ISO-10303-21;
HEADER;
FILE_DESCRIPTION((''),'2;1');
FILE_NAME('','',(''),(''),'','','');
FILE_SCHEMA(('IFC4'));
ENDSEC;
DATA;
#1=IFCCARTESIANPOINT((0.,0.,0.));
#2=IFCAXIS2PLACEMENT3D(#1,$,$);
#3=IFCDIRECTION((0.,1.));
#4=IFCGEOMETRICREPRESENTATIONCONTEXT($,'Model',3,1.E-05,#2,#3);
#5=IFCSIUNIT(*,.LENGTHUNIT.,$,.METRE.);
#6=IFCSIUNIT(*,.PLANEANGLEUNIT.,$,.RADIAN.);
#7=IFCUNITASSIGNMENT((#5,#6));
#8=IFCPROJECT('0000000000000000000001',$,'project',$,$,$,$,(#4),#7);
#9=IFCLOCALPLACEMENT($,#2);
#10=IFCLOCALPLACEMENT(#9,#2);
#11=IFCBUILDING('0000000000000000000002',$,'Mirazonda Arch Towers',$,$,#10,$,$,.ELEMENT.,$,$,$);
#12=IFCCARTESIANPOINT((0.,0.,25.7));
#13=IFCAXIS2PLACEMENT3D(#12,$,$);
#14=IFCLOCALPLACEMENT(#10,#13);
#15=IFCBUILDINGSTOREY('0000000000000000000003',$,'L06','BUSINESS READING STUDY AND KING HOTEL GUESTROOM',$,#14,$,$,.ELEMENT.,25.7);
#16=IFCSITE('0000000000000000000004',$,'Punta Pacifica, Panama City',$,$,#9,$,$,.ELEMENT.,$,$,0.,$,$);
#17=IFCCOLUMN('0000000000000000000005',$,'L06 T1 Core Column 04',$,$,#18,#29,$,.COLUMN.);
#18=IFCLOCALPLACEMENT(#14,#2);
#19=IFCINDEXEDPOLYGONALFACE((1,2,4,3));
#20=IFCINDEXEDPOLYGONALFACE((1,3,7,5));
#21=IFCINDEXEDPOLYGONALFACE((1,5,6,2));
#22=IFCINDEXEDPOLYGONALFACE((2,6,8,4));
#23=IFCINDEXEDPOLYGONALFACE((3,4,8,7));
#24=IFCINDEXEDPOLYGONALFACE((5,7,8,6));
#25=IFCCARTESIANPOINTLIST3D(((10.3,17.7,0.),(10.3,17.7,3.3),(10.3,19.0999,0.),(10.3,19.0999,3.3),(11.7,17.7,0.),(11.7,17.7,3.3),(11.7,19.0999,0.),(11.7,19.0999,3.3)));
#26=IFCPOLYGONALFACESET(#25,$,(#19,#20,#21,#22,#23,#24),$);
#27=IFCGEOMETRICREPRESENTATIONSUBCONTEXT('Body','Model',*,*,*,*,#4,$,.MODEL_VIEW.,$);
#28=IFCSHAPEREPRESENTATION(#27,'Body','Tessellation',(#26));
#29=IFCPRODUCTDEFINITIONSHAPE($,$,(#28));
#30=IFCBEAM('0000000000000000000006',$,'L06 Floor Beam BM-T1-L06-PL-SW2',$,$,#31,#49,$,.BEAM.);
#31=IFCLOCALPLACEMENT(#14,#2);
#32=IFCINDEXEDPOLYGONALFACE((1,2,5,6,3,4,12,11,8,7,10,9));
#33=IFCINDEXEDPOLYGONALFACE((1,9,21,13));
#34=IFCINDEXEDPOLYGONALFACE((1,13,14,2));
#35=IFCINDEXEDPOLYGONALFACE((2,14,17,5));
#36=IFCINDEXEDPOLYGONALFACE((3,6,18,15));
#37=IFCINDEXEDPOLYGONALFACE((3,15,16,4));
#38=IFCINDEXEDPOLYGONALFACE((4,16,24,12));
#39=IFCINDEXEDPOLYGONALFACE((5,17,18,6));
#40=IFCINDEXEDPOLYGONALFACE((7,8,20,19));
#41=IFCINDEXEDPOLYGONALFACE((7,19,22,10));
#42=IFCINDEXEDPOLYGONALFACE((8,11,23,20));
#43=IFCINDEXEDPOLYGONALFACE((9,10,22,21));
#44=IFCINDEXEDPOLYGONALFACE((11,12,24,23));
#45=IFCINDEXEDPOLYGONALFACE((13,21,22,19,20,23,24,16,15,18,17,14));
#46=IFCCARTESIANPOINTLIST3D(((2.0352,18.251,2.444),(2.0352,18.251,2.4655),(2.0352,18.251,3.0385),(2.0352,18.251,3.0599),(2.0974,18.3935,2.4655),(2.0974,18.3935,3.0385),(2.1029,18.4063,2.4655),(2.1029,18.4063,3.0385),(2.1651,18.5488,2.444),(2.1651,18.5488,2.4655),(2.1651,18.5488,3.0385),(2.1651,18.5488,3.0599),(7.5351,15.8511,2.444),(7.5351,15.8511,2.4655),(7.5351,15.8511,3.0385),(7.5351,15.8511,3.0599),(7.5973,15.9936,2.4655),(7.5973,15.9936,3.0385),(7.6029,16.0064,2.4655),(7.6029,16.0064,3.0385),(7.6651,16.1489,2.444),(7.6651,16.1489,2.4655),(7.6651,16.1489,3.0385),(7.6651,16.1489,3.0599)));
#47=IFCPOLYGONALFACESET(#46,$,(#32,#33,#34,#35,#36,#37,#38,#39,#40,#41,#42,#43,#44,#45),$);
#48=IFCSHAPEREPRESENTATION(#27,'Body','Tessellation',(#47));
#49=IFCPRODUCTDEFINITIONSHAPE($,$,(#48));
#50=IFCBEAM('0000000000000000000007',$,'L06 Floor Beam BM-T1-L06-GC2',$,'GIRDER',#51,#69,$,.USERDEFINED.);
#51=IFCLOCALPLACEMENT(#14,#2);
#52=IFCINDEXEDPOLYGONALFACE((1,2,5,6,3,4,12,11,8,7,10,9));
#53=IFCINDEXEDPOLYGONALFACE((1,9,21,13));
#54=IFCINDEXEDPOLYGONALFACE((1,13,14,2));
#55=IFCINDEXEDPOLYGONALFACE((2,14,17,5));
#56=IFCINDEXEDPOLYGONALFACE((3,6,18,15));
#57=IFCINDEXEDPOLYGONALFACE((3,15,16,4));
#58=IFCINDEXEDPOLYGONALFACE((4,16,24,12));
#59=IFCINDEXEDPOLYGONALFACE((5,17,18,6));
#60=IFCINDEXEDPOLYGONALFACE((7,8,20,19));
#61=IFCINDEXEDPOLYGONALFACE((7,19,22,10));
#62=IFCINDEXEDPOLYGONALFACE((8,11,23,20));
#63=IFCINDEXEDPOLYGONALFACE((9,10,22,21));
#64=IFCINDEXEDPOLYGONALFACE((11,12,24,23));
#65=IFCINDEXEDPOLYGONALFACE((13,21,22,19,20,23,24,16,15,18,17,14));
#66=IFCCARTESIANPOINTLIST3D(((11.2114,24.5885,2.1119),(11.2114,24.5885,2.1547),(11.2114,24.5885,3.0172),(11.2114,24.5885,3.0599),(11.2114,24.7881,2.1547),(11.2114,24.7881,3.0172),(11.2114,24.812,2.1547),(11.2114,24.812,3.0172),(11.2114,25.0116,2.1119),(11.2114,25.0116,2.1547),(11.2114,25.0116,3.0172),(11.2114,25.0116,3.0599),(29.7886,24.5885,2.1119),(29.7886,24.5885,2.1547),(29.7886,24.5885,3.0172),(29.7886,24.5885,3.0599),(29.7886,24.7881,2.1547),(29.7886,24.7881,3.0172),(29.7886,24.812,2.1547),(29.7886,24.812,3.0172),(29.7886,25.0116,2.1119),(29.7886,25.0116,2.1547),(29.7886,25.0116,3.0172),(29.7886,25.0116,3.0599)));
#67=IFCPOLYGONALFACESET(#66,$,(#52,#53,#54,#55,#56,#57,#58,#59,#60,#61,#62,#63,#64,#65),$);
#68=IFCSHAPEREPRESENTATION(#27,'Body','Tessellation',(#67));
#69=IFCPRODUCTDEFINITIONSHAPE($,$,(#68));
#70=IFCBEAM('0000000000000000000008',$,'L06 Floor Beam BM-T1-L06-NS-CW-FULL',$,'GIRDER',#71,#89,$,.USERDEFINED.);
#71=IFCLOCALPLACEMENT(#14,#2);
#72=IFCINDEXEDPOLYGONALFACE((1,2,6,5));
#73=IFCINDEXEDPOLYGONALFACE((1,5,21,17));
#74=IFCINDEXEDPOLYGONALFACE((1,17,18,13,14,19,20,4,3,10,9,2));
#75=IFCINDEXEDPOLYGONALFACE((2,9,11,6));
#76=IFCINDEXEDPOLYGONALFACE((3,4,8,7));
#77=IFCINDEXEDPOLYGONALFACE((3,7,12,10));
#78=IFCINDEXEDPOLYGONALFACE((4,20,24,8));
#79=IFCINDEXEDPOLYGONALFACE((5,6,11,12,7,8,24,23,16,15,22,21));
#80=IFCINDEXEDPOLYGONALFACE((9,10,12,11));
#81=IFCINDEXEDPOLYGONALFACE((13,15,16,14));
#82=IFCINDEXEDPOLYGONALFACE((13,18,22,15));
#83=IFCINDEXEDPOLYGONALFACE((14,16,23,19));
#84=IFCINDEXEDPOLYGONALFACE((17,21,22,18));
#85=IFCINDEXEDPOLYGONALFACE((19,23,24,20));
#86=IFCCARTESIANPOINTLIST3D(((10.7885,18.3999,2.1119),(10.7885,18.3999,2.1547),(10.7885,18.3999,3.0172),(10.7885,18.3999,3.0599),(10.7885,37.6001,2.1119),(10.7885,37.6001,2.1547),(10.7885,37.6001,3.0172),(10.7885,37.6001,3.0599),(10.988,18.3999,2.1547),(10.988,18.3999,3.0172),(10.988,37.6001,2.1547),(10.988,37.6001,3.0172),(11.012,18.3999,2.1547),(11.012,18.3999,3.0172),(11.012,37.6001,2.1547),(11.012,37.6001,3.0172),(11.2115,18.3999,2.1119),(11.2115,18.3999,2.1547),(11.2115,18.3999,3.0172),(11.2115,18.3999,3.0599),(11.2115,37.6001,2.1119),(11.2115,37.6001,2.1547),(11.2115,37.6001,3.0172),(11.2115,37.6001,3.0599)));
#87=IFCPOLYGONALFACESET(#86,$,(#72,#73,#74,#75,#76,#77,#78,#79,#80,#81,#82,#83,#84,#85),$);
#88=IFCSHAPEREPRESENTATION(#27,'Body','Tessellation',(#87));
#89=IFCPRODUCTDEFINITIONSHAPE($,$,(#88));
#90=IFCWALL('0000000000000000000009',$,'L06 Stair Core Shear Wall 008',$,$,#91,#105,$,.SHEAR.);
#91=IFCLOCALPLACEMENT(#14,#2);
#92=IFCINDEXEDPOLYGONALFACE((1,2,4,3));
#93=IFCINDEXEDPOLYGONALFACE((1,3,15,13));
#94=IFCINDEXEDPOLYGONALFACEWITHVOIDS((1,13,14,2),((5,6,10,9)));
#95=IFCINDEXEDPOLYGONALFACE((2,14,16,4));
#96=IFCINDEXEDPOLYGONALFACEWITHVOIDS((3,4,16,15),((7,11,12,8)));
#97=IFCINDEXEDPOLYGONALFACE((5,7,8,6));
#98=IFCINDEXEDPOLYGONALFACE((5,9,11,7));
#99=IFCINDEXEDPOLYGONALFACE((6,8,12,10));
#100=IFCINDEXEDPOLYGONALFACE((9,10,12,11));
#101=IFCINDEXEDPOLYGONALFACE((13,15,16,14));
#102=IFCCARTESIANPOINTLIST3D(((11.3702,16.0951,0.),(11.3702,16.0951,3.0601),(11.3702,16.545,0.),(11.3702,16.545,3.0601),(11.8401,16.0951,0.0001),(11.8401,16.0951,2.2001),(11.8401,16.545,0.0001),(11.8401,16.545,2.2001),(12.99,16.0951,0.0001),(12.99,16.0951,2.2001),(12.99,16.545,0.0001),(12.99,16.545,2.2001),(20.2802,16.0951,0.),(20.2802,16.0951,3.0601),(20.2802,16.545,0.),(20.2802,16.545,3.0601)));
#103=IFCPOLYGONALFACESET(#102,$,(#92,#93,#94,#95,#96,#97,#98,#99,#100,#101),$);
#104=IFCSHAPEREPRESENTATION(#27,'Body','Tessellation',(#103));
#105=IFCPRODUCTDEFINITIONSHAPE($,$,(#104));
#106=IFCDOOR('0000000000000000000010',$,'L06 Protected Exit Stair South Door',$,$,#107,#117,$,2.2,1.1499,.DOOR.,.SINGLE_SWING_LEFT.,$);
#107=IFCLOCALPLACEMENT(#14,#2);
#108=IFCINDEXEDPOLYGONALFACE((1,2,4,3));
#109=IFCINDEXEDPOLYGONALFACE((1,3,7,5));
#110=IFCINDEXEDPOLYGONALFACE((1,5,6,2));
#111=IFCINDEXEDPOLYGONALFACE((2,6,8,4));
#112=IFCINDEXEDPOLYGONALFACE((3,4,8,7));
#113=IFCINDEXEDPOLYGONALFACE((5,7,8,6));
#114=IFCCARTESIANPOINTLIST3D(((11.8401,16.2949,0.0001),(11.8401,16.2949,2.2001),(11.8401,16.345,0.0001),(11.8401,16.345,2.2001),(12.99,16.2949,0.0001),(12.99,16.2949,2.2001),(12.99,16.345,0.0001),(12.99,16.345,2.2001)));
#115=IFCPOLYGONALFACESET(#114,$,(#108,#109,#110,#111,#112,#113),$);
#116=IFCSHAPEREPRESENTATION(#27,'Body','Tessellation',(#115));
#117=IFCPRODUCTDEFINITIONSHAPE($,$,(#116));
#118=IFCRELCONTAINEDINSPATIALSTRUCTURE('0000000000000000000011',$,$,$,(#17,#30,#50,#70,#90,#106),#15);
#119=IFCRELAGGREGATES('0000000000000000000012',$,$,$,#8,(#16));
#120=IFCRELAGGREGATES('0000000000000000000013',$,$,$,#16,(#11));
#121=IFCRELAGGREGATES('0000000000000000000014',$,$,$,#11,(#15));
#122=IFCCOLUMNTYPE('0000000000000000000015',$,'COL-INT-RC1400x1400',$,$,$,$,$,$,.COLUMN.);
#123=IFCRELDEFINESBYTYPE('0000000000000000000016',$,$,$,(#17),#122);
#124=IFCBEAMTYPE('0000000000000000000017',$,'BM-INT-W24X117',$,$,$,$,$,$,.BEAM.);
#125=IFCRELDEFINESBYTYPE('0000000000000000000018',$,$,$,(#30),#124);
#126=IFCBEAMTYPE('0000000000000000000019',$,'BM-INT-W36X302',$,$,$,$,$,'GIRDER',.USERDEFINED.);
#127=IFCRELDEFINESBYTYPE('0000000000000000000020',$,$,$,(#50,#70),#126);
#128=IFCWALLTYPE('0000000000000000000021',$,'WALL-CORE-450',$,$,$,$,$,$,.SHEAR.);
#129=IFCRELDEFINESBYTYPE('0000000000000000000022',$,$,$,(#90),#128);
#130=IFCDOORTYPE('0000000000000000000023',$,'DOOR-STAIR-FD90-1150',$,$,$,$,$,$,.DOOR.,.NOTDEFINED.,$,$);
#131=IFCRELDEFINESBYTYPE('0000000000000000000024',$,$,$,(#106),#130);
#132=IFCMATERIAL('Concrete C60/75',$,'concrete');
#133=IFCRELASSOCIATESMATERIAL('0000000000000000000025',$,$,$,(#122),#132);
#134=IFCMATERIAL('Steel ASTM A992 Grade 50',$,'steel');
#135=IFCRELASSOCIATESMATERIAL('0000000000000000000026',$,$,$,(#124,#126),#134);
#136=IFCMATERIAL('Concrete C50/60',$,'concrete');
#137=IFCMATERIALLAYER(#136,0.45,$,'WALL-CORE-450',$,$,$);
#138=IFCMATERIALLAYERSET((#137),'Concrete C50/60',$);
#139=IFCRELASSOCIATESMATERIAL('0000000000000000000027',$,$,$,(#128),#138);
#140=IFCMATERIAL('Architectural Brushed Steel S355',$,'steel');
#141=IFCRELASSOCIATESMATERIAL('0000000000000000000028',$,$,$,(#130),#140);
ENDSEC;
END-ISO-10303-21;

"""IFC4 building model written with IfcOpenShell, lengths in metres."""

from ifc_helpers import new_model, si_unit, direction, frame, frame_2d, origin, origin_2d, place, context, subcontext, project, spatial, rectangle, i_section, extrude, material, layer, layer_set, material_profile, profile_set, type_object, element, fill, save


model = new_model("IFC4")

# Units and contexts
model_context = context("Model", 3, precision=1e-05, world=origin(), true_north=direction((0.0, 1.0)))
body_context = subcontext(model_context, "Body", "Model", "MODEL_VIEW")
ifc_project = project(units=[si_unit("LENGTHUNIT", "METRE"), si_unit("PLANEANGLEUNIT", "RADIAN")], contexts=[model_context])

# Site, building, storey
site_placement = place(None, origin())
site = spatial("IfcSite", under=ifc_project, at=site_placement, Name="Punta Pacifica, Panama City", CompositionType="ELEMENT", RefElevation=0.0)
building_placement = place(site_placement, origin())
building = spatial("IfcBuilding", under=site, at=building_placement, Name="Mirazonda Arch Towers", CompositionType="ELEMENT")
storey_placement = place(building_placement, frame((0.0, 0.0, 25.7)))
storey = spatial("IfcBuildingStorey", under=building, at=storey_placement, Name="L06", Description="BUSINESS READING STUDY AND KING HOTEL GUESTROOM", CompositionType="ELEMENT", Elevation=25.7)

# Column
ifc_material_1 = material(Name="Concrete C60/75", Category="concrete")
ifc_material_profile_1 = material_profile(ifc_material_1, rectangle(XDim=1.3999, YDim=1.3999, at=origin_2d()), Name="RC1400x1400")
ifc_profile_set_1 = profile_set([ifc_material_profile_1], Name="Concrete C60/75")
column_type = type_object("IfcColumnType", Name="COL-INT-RC1400x1400", PredefinedType="COLUMN", material=ifc_profile_set_1)
column_placement = place(storey_placement, frame((11.0, 18.3999, 0.0), z_axis=(0.0, 0.0, 1.0), x_axis=(1.0, 0.0, 0.0)))
element("IfcColumn", 1, at=column_placement, inside=storey, type_object=column_type, Name="L06 T1 Core Column 04", PredefinedType="COLUMN", context=body_context, shape_type="SweptSolid", body=[
    extrude(rectangle(XDim=1.3999, YDim=1.3999, at=origin_2d()), origin(), (0.0, 0.0, 1.0), 3.3),
])

# Beams
ifc_material_2 = material(Name="Steel ASTM A992 Grade 50", Category="steel")
ifc_material_profile_2 = material_profile(ifc_material_2, i_section(OverallWidth=0.325, OverallDepth=0.616, WebThickness=0.0139, FlangeThickness=0.0215, at=origin_2d()), Name="W24X117")
ifc_profile_set_2 = profile_set([ifc_material_profile_2], Name="Steel ASTM A992 Grade 50")
beam_type_1 = type_object("IfcBeamType", Name="BM-INT-W24X117", PredefinedType="BEAM", material=ifc_profile_set_2)
beam_1_placement = place(storey_placement, frame((7.6001, 16.0, 2.752), z_axis=(-0.916545, 0.399931, 0.0), x_axis=(-0.399931, -0.916545, 0.0)))
element("IfcBeam", 2, at=beam_1_placement, inside=storey, type_object=beam_type_1, Name="L06 Floor Beam BM-T1-L06-PL-SW2", PredefinedType="BEAM", context=body_context, shape_type="SweptSolid", body=[
    extrude(i_section(OverallWidth=0.325, OverallDepth=0.616, WebThickness=0.0139, FlangeThickness=0.0215, at=origin_2d()), origin(), (0.0, 0.0, 1.0), 6.0007),
])
ifc_material_profile_3 = material_profile(ifc_material_2, i_section(OverallWidth=0.4231, OverallDepth=0.948, WebThickness=0.0239, FlangeThickness=0.0427, at=origin_2d()), Name="W36X302")
ifc_profile_set_3 = profile_set([ifc_material_profile_3], Name="Steel ASTM A992 Grade 50")
beam_type_2 = type_object("IfcBeamType", Name="BM-INT-W36X302", ElementType="GIRDER", PredefinedType="USERDEFINED", material=ifc_profile_set_3)
beam_2_placement = place(storey_placement, frame((11.2114, 24.8, 2.5859), z_axis=(1.0, 0.0, 0.0), x_axis=(0.0, 1.0, 0.0)))
element("IfcBeam", 3, at=beam_2_placement, inside=storey, type_object=beam_type_2, Name="L06 Floor Beam BM-T1-L06-GC2", ObjectType="GIRDER", PredefinedType="USERDEFINED", context=body_context, shape_type="SweptSolid", body=[
    extrude(i_section(OverallWidth=0.4231, OverallDepth=0.948, WebThickness=0.0239, FlangeThickness=0.0427, at=origin_2d()), origin(), (0.0, 0.0, 1.0), 18.5771),
])
beam_3_placement = place(storey_placement, frame((11.0, 18.3999, 2.5859), z_axis=(0.0, 1.0, 0.0), x_axis=(-1.0, 0.0, 0.0)))
element("IfcBeam", 4, at=beam_3_placement, inside=storey, type_object=beam_type_2, Name="L06 Floor Beam BM-T1-L06-NS-CW-FULL", ObjectType="GIRDER", PredefinedType="USERDEFINED", context=body_context, shape_type="SweptSolid", body=[
    extrude(i_section(OverallWidth=0.4231, OverallDepth=0.948, WebThickness=0.0239, FlangeThickness=0.0427, at=origin_2d()), origin(), (0.0, 0.0, 1.0), 19.2002),
])

# Wall, opening, door
ifc_material_3 = material(Name="Concrete C50/60", Category="concrete")
ifc_layer_1 = layer(ifc_material_3, 0.45, Name="WALL-CORE-450")
ifc_layer_set_1 = layer_set([ifc_layer_1], Name="Concrete C50/60")
wall_type_1 = type_object("IfcWallType", Name="WALL-CORE-450", PredefinedType="SHEAR", material=ifc_layer_set_1)
wall_1_placement = place(storey_placement, frame((11.3701, 16.3201, 0.0), z_axis=(0.0, 0.0, 1.0), x_axis=(1.0, 0.0, 0.0)))
wall_1 = element("IfcWall", 5, at=wall_1_placement, inside=storey, type_object=wall_type_1, Name="L06 Stair Core Shear Wall 008", PredefinedType="SHEAR", context=body_context, shape_type="SweptSolid", body=[
    extrude(rectangle(XDim=8.9099, YDim=0.45, at=frame_2d((4.4551, 0.0))), origin(), (0.0, 0.0, 1.0), 3.0601),
])
opening_1_placement = place(wall_1_placement, frame((0.47, 0.0, 0.0)))
opening_1 = element("IfcOpeningElement", 6, at=opening_1_placement, cuts=wall_1, PredefinedType="OPENING", context=body_context, shape_type="SweptSolid", body=[
    extrude(rectangle(XDim=1.1499, YDim=2.2, at=frame_2d((0.575, 1.1001))), frame((0.0, 0.2349, 0.0), z_axis=(0.0, -1.0, 0.0), x_axis=(1.0, 0.0, 0.0)), (0.0, 0.0, 1.0), 0.47),
])
ifc_material_4 = material(Name="Architectural Brushed Steel S355", Category="steel")
door_type_1 = type_object("IfcDoorType", Name="DOOR-STAIR-FD90-1150", OperationType="NOTDEFINED", PredefinedType="DOOR", material=ifc_material_4)
door_1_placement = place(opening_1_placement, origin())
door_1 = element("IfcDoor", 7, at=door_1_placement, inside=storey, type_object=door_type_1, Name="L06 Protected Exit Stair South Door", OperationType="SINGLE_SWING_LEFT", OverallHeight=2.2, OverallWidth=1.1499, PredefinedType="DOOR", context=body_context, shape_type="SweptSolid", body=[
    extrude(rectangle(XDim=1.1499, YDim=2.2, at=frame_2d((0.575, 1.1001))), frame((0.0, 0.0249, 0.0), z_axis=(0.0, -1.0, 0.0), x_axis=(1.0, 0.0, 0.0)), (0.0, 0.0, 1.0), 0.05),
])
fill(opening_1, door_1)

save(model, "model.ifc")
